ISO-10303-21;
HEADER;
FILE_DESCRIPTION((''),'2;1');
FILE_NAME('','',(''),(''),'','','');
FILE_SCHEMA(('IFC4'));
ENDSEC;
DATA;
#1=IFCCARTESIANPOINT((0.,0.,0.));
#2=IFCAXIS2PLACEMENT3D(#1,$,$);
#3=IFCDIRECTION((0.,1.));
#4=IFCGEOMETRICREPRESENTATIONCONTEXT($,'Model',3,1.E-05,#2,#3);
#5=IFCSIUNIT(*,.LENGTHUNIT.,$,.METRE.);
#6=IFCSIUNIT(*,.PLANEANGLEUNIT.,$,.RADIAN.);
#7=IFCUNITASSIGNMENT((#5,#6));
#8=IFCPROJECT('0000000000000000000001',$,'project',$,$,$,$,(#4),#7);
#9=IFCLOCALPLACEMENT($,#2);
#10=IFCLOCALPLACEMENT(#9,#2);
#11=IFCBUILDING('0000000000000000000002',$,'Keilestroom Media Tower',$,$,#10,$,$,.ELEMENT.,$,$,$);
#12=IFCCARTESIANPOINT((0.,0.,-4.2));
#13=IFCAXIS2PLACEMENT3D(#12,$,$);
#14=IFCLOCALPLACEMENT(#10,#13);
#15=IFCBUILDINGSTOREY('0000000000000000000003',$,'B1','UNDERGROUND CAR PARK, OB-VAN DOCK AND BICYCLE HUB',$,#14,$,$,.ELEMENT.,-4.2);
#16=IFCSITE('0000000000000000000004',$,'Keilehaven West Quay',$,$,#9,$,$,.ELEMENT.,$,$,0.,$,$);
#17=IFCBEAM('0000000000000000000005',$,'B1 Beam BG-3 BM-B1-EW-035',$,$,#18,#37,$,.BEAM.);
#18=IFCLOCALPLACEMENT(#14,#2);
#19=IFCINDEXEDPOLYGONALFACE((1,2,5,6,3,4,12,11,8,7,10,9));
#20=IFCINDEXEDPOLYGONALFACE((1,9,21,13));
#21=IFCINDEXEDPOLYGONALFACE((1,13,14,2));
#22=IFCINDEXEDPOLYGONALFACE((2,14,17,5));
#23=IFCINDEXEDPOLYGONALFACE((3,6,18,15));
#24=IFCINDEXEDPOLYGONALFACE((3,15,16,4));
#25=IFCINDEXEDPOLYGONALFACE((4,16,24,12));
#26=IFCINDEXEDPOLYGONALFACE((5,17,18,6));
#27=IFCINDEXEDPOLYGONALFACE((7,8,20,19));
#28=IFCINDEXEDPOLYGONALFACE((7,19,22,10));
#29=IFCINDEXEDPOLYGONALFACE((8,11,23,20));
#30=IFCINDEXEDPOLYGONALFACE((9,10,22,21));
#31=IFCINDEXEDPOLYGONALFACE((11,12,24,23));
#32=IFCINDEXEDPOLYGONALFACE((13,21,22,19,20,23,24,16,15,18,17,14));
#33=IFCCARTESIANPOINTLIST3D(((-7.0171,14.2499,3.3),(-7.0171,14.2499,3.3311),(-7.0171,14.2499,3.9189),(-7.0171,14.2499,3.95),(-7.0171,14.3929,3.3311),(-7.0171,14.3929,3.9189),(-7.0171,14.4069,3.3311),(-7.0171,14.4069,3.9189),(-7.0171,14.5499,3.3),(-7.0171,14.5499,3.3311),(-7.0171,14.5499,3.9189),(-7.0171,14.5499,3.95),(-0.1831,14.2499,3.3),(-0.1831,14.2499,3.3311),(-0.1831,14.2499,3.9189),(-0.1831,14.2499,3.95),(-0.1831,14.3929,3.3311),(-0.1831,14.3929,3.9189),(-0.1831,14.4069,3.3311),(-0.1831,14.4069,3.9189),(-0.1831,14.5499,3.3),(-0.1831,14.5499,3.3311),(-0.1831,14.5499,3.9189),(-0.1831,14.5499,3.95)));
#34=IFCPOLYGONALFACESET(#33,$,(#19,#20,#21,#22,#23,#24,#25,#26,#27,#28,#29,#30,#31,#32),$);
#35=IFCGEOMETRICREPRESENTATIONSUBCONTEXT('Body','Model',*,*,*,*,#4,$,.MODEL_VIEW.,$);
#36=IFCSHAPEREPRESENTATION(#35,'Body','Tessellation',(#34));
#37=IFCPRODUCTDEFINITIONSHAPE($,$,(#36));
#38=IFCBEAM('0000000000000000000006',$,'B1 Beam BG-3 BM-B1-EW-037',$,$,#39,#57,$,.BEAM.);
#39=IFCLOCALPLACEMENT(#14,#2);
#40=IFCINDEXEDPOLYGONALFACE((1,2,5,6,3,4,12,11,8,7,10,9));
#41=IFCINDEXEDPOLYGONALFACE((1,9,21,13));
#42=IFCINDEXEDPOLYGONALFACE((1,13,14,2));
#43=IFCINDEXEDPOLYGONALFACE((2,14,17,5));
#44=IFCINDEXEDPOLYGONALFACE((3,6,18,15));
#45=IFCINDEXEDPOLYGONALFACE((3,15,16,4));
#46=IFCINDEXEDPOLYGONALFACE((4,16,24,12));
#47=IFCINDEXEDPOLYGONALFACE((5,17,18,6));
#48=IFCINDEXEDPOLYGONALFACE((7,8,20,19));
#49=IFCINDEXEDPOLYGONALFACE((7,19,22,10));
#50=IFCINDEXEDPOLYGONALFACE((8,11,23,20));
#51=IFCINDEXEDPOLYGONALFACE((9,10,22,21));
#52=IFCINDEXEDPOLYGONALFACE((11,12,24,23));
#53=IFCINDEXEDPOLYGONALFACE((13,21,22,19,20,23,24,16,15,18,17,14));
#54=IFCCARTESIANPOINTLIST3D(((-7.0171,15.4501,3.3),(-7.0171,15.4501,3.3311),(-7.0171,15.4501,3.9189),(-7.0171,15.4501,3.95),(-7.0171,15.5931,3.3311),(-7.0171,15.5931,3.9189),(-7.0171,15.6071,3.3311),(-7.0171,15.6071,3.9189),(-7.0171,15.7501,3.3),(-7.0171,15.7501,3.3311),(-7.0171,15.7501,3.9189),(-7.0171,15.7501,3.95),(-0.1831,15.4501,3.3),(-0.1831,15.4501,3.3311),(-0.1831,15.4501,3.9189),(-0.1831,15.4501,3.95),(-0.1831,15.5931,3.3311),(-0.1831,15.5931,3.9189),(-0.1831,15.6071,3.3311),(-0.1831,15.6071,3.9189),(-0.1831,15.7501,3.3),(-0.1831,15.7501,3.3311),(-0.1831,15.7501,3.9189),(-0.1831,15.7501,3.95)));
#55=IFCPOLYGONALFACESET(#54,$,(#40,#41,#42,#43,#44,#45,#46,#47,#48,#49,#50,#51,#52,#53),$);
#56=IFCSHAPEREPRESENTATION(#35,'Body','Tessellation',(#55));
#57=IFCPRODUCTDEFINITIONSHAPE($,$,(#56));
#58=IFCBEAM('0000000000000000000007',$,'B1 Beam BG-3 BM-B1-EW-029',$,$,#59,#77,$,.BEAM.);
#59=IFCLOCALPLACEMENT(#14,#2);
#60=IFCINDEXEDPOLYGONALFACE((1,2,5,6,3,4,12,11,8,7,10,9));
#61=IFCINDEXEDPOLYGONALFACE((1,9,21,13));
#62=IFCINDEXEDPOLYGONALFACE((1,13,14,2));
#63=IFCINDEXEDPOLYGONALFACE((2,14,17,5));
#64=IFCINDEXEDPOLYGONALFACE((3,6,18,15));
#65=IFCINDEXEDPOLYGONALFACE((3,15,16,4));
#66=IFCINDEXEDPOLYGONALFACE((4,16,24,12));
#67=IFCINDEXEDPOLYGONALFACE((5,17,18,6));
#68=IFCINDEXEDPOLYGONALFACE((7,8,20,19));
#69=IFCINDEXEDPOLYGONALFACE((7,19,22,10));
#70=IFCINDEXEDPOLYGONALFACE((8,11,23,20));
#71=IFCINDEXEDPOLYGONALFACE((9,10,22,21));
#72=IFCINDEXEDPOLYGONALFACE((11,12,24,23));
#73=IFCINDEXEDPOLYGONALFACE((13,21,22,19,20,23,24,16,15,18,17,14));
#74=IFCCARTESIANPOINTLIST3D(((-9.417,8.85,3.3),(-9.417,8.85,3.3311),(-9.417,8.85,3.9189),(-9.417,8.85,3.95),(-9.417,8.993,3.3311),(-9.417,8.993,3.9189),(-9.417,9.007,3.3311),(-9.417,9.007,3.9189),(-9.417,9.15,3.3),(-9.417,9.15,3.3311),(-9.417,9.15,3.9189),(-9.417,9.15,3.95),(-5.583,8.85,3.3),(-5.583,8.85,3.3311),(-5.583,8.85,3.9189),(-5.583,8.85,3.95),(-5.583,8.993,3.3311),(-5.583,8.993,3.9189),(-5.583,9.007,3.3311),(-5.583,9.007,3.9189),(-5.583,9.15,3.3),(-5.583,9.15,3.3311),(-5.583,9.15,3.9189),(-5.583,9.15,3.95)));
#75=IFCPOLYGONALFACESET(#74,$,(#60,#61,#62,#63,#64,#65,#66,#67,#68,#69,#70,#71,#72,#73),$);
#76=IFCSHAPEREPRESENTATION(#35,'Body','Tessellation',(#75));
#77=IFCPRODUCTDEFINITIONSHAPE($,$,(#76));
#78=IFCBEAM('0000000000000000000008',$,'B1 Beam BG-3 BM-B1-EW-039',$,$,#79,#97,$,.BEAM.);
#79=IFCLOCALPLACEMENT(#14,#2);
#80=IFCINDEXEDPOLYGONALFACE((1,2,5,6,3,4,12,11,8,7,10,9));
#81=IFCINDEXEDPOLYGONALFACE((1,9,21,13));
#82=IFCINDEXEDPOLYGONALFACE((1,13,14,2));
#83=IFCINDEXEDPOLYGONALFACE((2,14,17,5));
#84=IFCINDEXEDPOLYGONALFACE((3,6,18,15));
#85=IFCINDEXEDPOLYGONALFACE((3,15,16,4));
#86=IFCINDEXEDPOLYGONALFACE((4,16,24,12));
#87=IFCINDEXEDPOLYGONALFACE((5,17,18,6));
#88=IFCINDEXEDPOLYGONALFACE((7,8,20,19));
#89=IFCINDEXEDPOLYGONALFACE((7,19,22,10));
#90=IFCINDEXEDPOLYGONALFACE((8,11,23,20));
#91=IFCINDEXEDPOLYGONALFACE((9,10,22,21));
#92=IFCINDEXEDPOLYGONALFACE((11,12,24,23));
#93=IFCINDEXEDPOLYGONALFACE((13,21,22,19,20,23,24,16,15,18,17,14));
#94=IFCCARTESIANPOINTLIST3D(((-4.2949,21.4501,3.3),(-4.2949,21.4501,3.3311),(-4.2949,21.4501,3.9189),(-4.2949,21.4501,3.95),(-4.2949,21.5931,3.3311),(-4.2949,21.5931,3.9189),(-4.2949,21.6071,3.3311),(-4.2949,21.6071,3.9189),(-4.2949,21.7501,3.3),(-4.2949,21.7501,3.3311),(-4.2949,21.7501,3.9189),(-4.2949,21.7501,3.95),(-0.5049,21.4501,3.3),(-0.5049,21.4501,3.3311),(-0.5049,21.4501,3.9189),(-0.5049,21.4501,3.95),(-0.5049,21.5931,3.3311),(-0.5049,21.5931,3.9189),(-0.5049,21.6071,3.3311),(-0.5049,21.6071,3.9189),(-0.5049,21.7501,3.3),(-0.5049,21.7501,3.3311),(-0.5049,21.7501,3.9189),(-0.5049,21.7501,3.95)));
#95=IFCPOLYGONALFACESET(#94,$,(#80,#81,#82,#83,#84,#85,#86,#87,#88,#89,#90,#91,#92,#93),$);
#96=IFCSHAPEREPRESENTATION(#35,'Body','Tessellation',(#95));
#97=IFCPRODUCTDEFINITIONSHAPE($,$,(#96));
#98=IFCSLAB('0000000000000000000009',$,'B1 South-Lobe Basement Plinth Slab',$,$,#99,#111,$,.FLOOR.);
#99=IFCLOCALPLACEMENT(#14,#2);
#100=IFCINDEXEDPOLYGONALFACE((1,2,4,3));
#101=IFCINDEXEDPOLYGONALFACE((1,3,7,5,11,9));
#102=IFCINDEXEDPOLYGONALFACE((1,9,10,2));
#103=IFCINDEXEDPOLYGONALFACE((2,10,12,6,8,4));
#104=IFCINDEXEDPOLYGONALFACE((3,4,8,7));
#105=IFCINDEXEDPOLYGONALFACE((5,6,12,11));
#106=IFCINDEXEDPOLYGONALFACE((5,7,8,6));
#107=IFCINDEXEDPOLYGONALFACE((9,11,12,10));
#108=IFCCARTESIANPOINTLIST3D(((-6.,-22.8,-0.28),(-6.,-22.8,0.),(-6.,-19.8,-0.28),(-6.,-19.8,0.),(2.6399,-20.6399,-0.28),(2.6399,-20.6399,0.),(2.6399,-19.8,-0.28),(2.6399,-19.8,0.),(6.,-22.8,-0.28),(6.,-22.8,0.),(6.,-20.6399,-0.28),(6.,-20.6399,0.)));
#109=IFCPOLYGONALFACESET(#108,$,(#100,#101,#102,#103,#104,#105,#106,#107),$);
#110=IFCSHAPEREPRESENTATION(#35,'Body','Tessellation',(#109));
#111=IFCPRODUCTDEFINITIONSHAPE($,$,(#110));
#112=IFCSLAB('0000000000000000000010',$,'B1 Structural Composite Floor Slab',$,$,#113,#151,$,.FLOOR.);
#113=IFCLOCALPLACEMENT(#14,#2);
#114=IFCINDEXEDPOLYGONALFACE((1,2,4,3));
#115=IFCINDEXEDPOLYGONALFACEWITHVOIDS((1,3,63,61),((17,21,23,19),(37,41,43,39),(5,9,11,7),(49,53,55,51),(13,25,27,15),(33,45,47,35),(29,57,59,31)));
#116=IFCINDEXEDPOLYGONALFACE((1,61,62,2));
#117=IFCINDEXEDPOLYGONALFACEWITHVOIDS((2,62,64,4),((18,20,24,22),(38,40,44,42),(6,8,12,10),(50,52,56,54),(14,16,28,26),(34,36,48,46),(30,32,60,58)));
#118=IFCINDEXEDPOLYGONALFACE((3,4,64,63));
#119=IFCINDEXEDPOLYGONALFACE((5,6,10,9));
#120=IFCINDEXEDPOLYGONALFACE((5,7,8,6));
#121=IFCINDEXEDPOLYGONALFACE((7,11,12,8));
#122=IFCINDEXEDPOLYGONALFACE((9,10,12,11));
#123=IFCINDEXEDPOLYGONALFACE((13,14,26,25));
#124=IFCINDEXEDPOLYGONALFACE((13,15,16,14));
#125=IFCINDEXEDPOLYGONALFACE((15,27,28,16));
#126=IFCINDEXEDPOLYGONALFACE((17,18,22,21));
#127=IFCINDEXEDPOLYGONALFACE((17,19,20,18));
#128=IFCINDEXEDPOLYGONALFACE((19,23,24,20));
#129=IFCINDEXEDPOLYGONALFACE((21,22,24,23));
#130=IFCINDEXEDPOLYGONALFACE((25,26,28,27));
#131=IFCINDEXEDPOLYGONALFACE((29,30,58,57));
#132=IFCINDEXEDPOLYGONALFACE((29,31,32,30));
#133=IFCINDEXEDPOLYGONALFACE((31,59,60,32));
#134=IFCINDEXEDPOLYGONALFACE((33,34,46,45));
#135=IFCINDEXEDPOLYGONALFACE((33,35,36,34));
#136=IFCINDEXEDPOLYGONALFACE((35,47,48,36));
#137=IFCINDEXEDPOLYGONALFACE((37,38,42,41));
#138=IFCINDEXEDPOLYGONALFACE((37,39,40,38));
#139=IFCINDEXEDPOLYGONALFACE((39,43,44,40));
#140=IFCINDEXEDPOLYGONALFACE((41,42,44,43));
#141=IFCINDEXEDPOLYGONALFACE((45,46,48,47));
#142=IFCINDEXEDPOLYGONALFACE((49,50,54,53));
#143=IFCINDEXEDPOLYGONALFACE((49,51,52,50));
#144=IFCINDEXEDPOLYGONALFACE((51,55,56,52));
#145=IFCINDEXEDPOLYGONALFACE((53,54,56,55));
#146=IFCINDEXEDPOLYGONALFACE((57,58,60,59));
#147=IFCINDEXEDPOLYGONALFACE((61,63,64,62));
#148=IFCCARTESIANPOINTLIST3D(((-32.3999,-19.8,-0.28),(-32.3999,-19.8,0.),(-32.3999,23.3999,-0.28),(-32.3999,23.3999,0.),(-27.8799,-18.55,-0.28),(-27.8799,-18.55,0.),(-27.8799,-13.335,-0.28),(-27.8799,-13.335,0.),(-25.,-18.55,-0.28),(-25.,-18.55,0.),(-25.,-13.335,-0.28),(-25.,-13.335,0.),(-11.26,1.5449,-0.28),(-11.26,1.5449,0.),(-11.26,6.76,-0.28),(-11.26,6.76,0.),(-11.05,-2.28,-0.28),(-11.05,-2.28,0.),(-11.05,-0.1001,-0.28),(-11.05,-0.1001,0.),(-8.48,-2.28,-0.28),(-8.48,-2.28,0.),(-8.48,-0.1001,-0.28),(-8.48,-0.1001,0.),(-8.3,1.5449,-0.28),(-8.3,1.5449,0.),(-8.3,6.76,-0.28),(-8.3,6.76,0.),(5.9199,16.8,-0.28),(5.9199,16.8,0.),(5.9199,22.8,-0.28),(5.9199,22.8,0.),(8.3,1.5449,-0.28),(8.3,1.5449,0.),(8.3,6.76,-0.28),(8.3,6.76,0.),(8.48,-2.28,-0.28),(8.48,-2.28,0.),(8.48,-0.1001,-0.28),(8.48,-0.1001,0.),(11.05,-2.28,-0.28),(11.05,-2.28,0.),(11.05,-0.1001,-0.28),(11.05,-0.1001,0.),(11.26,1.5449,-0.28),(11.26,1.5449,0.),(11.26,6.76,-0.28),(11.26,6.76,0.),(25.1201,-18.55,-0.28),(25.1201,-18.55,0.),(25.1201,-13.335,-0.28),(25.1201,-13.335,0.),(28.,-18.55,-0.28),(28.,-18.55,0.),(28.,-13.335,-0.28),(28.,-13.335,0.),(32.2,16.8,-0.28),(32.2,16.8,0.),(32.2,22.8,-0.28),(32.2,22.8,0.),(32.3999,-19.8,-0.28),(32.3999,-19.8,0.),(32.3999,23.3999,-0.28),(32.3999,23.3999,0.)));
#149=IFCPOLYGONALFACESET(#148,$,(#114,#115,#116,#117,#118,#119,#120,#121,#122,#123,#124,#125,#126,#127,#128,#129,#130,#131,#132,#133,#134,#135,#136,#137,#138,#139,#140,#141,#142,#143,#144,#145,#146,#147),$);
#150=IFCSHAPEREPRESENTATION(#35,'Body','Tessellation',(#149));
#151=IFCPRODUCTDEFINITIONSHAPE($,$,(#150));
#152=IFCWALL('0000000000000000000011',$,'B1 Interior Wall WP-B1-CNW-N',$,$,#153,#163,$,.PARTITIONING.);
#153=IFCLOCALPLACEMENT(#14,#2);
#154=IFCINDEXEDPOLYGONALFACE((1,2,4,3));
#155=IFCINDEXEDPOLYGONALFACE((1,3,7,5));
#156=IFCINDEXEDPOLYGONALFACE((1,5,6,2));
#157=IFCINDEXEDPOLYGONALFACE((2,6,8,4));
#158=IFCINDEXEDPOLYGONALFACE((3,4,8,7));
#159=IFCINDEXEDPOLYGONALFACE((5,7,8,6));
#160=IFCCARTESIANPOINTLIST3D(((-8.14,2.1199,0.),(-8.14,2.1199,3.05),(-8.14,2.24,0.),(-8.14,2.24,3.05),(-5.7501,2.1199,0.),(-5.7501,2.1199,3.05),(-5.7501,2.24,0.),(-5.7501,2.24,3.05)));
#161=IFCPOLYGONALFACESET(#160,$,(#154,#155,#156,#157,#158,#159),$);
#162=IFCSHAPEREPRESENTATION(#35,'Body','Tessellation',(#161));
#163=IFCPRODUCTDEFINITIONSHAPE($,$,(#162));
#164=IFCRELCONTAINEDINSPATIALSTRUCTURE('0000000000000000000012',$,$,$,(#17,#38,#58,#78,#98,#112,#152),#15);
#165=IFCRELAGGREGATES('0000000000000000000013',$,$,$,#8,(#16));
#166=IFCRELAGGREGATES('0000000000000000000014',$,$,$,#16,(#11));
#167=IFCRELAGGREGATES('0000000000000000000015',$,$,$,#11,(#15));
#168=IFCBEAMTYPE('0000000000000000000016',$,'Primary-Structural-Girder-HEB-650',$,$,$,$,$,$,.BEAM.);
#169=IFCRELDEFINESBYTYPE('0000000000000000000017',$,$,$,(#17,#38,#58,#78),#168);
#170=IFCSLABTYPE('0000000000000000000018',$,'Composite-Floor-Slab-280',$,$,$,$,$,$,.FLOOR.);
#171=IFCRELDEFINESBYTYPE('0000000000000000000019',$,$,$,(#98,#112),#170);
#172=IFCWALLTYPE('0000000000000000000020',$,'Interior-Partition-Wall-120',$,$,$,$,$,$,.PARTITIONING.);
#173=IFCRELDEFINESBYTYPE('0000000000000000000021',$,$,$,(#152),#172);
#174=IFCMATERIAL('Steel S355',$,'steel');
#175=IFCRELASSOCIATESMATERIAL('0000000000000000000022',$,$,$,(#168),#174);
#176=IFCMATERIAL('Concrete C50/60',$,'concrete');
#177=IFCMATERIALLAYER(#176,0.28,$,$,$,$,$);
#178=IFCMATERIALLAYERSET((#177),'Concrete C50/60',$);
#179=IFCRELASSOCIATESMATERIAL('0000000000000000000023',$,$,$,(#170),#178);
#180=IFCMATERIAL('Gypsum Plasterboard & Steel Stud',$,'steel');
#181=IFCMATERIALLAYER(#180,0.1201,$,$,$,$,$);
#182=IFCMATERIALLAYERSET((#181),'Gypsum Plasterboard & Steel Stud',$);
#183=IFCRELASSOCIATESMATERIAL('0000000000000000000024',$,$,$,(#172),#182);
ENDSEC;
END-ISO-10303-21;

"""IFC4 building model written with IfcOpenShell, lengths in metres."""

from ifc_helpers import new_model, si_unit, direction, frame, frame_2d, origin, origin_2d, place, context, subcontext, project, spatial, polyline, rectangle, i_section, outline, extrude, source, transform, mapped, material, layer, layer_set, material_profile, profile_set, type_object, element, save


model = new_model("IFC4")

# Units and contexts
model_context = context("Model", 3, precision=1e-05, world=origin(), true_north=direction((0.0, 1.0)))
body_context = subcontext(model_context, "Body", "Model", "MODEL_VIEW")
ifc_project = project(units=[si_unit("LENGTHUNIT", "METRE"), si_unit("PLANEANGLEUNIT", "RADIAN")], contexts=[model_context])

# Site, building, storey
site_placement = place(None, origin())
site = spatial("IfcSite", under=ifc_project, at=site_placement, Name="Keilehaven West Quay", CompositionType="ELEMENT", RefElevation=0.0)
building_placement = place(site_placement, origin())
building = spatial("IfcBuilding", under=site, at=building_placement, Name="Keilestroom Media Tower", CompositionType="ELEMENT")
storey_placement = place(building_placement, frame((0.0, 0.0, -4.2)))
storey = spatial("IfcBuildingStorey", under=building, at=storey_placement, Name="B1", Description="UNDERGROUND CAR PARK, OB-VAN DOCK AND BICYCLE HUB", CompositionType="ELEMENT", Elevation=-4.2)

# Beams
ifc_material_1 = material(Name="Steel S355", Category="steel")
ifc_material_profile_1 = material_profile(ifc_material_1, i_section(OverallWidth=0.3, OverallDepth=0.6499, WebThickness=0.0139, FlangeThickness=0.031, at=origin_2d()), Name="HEB 650")
ifc_profile_set_1 = profile_set([ifc_material_profile_1], Name="Steel S355")
beam_type = type_object("IfcBeamType", Name="Primary-Structural-Girder-HEB-650", PredefinedType="BEAM", material=ifc_profile_set_1)
shared_shape_1 = source(origin(), body_context, "Body", "SweptSolid", [
    extrude(i_section(OverallWidth=0.3, OverallDepth=0.6499, WebThickness=0.0139, FlangeThickness=0.031, at=origin_2d()), origin(), (0.0, 0.0, 1.0), 6.834),
])
for number, where, z_axis, x_axis, name in (
    (1, (-7.0171, 14.3999, 3.625), (1.0, 0.0, 0.0), (0.0, 1.0, 0.0), "B1 Beam BG-3 BM-B1-EW-035"),
    (2, (-7.0171, 15.6001, 3.625), (1.0, 0.0, 0.0), (0.0, 1.0, 0.0), "B1 Beam BG-3 BM-B1-EW-037"),
):
    element("IfcBeam", number, at=place(storey_placement, frame(where, z_axis=z_axis, x_axis=x_axis)), inside=storey, type_object=beam_type, Name=name, PredefinedType="BEAM", context=body_context, shape_type="MappedRepresentation", body=[
        mapped(shared_shape_1, transform((0.0, 0.0, 0.0), x_axis=(1.0, 0.0, 0.0), y_axis=(0.0, 1.0, 0.0), z_axis=(0.0, 0.0, 1.0), scale=1.0)),
    ])
shared_shape_2 = source(origin(), body_context, "Body", "SweptSolid", [
    extrude(i_section(OverallWidth=0.3, OverallDepth=0.6499, WebThickness=0.0139, FlangeThickness=0.031, at=origin_2d()), origin(), (0.0, 0.0, 1.0), 3.834),
])
beam_1_placement = place(storey_placement, frame((-9.417, 9.0, 3.625), z_axis=(1.0, 0.0, 0.0), x_axis=(0.0, 1.0, 0.0)))
element("IfcBeam", 3, at=beam_1_placement, inside=storey, type_object=beam_type, Name="B1 Beam BG-3 BM-B1-EW-029", PredefinedType="BEAM", context=body_context, shape_type="MappedRepresentation", body=[
    mapped(shared_shape_2, transform((0.0, 0.0, 0.0), x_axis=(1.0, 0.0, 0.0), y_axis=(0.0, 1.0, 0.0), z_axis=(0.0, 0.0, 1.0), scale=1.0)),
])
shared_shape_3 = source(origin(), body_context, "Body", "SweptSolid", [
    extrude(i_section(OverallWidth=0.3, OverallDepth=0.6499, WebThickness=0.0139, FlangeThickness=0.031, at=origin_2d()), origin(), (0.0, 0.0, 1.0), 3.79),
])
beam_2_placement = place(storey_placement, frame((-4.2949, 21.6001, 3.625), z_axis=(1.0, 0.0, 0.0), x_axis=(0.0, 1.0, 0.0)))
element("IfcBeam", 4, at=beam_2_placement, inside=storey, type_object=beam_type, Name="B1 Beam BG-3 BM-B1-EW-039", PredefinedType="BEAM", context=body_context, shape_type="MappedRepresentation", body=[
    mapped(shared_shape_3, transform((0.0, 0.0, 0.0), x_axis=(1.0, 0.0, 0.0), y_axis=(0.0, 1.0, 0.0), z_axis=(0.0, 0.0, 1.0), scale=1.0)),
])

# Slabs
ifc_material_2 = material(Name="Concrete C50/60", Category="concrete")
ifc_layer_1 = layer(ifc_material_2, 0.28)
ifc_layer_set_1 = layer_set([ifc_layer_1], Name="Concrete C50/60")
slab_type = type_object("IfcSlabType", Name="Composite-Floor-Slab-280", PredefinedType="FLOOR", material=ifc_layer_set_1)
slab_1_placement = place(storey_placement, frame((0.0, 0.0, -0.28)))
element("IfcSlab", 5, at=slab_1_placement, inside=storey, type_object=slab_type, Name="B1 South-Lobe Basement Plinth Slab", PredefinedType="FLOOR", context=body_context, shape_type="SweptSolid", body=[
    extrude(outline(polyline([(-6.0, -22.8), (6.0, -22.8), (6.0, -20.6399), (2.6399, -20.6399), (2.6399, -19.8), (-6.0, -19.8), (-6.0, -22.8)])), origin(), (0.0, 0.0, 1.0), 0.28),
])
slab_2_placement = place(storey_placement, frame((0.0, 0.0, -0.28)))
element("IfcSlab", 6, at=slab_2_placement, inside=storey, type_object=slab_type, Name="B1 Structural Composite Floor Slab", PredefinedType="FLOOR", context=body_context, shape_type="SweptSolid", body=[
    extrude(outline(polyline([(-32.3999, -19.8), (32.3999, -19.8), (32.3999, 23.3999), (-32.3999, 23.3999), (-32.3999, -19.8)]), holes=[polyline([(-25.0, -13.335), (-25.0, -18.55), (-27.8799, -18.55), (-27.8799, -13.335), (-25.0, -13.335)]), polyline([(-8.3, 1.5449), (-11.26, 1.5449), (-11.26, 6.76), (-8.3, 6.76), (-8.3, 1.5449)]), polyline([(-8.48, -2.28), (-11.05, -2.28), (-11.05, -0.1001), (-8.48, -0.1001), (-8.48, -2.28)]), polyline([(32.2, 16.8), (5.9199, 16.8), (5.9199, 22.8), (32.2, 22.8), (32.2, 16.8)]), polyline([(11.26, 1.5449), (8.3, 1.5449), (8.3, 6.76), (11.26, 6.76), (11.26, 1.5449)]), polyline([(11.05, -2.28), (8.48, -2.28), (8.48, -0.1001), (11.05, -0.1001), (11.05, -2.28)]), polyline([(28.0, -18.55), (25.1201, -18.55), (25.1201, -13.335), (28.0, -13.335), (28.0, -18.55)])]), origin(), (0.0, 0.0, 1.0), 0.28),
])

# Wall
ifc_material_3 = material(Name="Gypsum Plasterboard & Steel Stud", Category="steel")
ifc_layer_2 = layer(ifc_material_3, 0.1201)
ifc_layer_set_2 = layer_set([ifc_layer_2], Name="Gypsum Plasterboard & Steel Stud")
wall_type_1 = type_object("IfcWallType", Name="Interior-Partition-Wall-120", PredefinedType="PARTITIONING", material=ifc_layer_set_2)
wall_1_placement = place(storey_placement, frame((-8.1399, 2.1799, 0.0), z_axis=(0.0, 0.0, 1.0), x_axis=(1.0, 0.0, 0.0)))
element("IfcWall", 7, at=wall_1_placement, inside=storey, type_object=wall_type_1, Name="B1 Interior Wall WP-B1-CNW-N", PredefinedType="PARTITIONING", context=body_context, shape_type="SweptSolid", body=[
    extrude(rectangle(XDim=2.3899, YDim=0.1201, at=frame_2d((1.1948, 0.0))), origin(), (0.0, 0.0, 1.0), 3.05),
])

save(model, "model.ifc")
